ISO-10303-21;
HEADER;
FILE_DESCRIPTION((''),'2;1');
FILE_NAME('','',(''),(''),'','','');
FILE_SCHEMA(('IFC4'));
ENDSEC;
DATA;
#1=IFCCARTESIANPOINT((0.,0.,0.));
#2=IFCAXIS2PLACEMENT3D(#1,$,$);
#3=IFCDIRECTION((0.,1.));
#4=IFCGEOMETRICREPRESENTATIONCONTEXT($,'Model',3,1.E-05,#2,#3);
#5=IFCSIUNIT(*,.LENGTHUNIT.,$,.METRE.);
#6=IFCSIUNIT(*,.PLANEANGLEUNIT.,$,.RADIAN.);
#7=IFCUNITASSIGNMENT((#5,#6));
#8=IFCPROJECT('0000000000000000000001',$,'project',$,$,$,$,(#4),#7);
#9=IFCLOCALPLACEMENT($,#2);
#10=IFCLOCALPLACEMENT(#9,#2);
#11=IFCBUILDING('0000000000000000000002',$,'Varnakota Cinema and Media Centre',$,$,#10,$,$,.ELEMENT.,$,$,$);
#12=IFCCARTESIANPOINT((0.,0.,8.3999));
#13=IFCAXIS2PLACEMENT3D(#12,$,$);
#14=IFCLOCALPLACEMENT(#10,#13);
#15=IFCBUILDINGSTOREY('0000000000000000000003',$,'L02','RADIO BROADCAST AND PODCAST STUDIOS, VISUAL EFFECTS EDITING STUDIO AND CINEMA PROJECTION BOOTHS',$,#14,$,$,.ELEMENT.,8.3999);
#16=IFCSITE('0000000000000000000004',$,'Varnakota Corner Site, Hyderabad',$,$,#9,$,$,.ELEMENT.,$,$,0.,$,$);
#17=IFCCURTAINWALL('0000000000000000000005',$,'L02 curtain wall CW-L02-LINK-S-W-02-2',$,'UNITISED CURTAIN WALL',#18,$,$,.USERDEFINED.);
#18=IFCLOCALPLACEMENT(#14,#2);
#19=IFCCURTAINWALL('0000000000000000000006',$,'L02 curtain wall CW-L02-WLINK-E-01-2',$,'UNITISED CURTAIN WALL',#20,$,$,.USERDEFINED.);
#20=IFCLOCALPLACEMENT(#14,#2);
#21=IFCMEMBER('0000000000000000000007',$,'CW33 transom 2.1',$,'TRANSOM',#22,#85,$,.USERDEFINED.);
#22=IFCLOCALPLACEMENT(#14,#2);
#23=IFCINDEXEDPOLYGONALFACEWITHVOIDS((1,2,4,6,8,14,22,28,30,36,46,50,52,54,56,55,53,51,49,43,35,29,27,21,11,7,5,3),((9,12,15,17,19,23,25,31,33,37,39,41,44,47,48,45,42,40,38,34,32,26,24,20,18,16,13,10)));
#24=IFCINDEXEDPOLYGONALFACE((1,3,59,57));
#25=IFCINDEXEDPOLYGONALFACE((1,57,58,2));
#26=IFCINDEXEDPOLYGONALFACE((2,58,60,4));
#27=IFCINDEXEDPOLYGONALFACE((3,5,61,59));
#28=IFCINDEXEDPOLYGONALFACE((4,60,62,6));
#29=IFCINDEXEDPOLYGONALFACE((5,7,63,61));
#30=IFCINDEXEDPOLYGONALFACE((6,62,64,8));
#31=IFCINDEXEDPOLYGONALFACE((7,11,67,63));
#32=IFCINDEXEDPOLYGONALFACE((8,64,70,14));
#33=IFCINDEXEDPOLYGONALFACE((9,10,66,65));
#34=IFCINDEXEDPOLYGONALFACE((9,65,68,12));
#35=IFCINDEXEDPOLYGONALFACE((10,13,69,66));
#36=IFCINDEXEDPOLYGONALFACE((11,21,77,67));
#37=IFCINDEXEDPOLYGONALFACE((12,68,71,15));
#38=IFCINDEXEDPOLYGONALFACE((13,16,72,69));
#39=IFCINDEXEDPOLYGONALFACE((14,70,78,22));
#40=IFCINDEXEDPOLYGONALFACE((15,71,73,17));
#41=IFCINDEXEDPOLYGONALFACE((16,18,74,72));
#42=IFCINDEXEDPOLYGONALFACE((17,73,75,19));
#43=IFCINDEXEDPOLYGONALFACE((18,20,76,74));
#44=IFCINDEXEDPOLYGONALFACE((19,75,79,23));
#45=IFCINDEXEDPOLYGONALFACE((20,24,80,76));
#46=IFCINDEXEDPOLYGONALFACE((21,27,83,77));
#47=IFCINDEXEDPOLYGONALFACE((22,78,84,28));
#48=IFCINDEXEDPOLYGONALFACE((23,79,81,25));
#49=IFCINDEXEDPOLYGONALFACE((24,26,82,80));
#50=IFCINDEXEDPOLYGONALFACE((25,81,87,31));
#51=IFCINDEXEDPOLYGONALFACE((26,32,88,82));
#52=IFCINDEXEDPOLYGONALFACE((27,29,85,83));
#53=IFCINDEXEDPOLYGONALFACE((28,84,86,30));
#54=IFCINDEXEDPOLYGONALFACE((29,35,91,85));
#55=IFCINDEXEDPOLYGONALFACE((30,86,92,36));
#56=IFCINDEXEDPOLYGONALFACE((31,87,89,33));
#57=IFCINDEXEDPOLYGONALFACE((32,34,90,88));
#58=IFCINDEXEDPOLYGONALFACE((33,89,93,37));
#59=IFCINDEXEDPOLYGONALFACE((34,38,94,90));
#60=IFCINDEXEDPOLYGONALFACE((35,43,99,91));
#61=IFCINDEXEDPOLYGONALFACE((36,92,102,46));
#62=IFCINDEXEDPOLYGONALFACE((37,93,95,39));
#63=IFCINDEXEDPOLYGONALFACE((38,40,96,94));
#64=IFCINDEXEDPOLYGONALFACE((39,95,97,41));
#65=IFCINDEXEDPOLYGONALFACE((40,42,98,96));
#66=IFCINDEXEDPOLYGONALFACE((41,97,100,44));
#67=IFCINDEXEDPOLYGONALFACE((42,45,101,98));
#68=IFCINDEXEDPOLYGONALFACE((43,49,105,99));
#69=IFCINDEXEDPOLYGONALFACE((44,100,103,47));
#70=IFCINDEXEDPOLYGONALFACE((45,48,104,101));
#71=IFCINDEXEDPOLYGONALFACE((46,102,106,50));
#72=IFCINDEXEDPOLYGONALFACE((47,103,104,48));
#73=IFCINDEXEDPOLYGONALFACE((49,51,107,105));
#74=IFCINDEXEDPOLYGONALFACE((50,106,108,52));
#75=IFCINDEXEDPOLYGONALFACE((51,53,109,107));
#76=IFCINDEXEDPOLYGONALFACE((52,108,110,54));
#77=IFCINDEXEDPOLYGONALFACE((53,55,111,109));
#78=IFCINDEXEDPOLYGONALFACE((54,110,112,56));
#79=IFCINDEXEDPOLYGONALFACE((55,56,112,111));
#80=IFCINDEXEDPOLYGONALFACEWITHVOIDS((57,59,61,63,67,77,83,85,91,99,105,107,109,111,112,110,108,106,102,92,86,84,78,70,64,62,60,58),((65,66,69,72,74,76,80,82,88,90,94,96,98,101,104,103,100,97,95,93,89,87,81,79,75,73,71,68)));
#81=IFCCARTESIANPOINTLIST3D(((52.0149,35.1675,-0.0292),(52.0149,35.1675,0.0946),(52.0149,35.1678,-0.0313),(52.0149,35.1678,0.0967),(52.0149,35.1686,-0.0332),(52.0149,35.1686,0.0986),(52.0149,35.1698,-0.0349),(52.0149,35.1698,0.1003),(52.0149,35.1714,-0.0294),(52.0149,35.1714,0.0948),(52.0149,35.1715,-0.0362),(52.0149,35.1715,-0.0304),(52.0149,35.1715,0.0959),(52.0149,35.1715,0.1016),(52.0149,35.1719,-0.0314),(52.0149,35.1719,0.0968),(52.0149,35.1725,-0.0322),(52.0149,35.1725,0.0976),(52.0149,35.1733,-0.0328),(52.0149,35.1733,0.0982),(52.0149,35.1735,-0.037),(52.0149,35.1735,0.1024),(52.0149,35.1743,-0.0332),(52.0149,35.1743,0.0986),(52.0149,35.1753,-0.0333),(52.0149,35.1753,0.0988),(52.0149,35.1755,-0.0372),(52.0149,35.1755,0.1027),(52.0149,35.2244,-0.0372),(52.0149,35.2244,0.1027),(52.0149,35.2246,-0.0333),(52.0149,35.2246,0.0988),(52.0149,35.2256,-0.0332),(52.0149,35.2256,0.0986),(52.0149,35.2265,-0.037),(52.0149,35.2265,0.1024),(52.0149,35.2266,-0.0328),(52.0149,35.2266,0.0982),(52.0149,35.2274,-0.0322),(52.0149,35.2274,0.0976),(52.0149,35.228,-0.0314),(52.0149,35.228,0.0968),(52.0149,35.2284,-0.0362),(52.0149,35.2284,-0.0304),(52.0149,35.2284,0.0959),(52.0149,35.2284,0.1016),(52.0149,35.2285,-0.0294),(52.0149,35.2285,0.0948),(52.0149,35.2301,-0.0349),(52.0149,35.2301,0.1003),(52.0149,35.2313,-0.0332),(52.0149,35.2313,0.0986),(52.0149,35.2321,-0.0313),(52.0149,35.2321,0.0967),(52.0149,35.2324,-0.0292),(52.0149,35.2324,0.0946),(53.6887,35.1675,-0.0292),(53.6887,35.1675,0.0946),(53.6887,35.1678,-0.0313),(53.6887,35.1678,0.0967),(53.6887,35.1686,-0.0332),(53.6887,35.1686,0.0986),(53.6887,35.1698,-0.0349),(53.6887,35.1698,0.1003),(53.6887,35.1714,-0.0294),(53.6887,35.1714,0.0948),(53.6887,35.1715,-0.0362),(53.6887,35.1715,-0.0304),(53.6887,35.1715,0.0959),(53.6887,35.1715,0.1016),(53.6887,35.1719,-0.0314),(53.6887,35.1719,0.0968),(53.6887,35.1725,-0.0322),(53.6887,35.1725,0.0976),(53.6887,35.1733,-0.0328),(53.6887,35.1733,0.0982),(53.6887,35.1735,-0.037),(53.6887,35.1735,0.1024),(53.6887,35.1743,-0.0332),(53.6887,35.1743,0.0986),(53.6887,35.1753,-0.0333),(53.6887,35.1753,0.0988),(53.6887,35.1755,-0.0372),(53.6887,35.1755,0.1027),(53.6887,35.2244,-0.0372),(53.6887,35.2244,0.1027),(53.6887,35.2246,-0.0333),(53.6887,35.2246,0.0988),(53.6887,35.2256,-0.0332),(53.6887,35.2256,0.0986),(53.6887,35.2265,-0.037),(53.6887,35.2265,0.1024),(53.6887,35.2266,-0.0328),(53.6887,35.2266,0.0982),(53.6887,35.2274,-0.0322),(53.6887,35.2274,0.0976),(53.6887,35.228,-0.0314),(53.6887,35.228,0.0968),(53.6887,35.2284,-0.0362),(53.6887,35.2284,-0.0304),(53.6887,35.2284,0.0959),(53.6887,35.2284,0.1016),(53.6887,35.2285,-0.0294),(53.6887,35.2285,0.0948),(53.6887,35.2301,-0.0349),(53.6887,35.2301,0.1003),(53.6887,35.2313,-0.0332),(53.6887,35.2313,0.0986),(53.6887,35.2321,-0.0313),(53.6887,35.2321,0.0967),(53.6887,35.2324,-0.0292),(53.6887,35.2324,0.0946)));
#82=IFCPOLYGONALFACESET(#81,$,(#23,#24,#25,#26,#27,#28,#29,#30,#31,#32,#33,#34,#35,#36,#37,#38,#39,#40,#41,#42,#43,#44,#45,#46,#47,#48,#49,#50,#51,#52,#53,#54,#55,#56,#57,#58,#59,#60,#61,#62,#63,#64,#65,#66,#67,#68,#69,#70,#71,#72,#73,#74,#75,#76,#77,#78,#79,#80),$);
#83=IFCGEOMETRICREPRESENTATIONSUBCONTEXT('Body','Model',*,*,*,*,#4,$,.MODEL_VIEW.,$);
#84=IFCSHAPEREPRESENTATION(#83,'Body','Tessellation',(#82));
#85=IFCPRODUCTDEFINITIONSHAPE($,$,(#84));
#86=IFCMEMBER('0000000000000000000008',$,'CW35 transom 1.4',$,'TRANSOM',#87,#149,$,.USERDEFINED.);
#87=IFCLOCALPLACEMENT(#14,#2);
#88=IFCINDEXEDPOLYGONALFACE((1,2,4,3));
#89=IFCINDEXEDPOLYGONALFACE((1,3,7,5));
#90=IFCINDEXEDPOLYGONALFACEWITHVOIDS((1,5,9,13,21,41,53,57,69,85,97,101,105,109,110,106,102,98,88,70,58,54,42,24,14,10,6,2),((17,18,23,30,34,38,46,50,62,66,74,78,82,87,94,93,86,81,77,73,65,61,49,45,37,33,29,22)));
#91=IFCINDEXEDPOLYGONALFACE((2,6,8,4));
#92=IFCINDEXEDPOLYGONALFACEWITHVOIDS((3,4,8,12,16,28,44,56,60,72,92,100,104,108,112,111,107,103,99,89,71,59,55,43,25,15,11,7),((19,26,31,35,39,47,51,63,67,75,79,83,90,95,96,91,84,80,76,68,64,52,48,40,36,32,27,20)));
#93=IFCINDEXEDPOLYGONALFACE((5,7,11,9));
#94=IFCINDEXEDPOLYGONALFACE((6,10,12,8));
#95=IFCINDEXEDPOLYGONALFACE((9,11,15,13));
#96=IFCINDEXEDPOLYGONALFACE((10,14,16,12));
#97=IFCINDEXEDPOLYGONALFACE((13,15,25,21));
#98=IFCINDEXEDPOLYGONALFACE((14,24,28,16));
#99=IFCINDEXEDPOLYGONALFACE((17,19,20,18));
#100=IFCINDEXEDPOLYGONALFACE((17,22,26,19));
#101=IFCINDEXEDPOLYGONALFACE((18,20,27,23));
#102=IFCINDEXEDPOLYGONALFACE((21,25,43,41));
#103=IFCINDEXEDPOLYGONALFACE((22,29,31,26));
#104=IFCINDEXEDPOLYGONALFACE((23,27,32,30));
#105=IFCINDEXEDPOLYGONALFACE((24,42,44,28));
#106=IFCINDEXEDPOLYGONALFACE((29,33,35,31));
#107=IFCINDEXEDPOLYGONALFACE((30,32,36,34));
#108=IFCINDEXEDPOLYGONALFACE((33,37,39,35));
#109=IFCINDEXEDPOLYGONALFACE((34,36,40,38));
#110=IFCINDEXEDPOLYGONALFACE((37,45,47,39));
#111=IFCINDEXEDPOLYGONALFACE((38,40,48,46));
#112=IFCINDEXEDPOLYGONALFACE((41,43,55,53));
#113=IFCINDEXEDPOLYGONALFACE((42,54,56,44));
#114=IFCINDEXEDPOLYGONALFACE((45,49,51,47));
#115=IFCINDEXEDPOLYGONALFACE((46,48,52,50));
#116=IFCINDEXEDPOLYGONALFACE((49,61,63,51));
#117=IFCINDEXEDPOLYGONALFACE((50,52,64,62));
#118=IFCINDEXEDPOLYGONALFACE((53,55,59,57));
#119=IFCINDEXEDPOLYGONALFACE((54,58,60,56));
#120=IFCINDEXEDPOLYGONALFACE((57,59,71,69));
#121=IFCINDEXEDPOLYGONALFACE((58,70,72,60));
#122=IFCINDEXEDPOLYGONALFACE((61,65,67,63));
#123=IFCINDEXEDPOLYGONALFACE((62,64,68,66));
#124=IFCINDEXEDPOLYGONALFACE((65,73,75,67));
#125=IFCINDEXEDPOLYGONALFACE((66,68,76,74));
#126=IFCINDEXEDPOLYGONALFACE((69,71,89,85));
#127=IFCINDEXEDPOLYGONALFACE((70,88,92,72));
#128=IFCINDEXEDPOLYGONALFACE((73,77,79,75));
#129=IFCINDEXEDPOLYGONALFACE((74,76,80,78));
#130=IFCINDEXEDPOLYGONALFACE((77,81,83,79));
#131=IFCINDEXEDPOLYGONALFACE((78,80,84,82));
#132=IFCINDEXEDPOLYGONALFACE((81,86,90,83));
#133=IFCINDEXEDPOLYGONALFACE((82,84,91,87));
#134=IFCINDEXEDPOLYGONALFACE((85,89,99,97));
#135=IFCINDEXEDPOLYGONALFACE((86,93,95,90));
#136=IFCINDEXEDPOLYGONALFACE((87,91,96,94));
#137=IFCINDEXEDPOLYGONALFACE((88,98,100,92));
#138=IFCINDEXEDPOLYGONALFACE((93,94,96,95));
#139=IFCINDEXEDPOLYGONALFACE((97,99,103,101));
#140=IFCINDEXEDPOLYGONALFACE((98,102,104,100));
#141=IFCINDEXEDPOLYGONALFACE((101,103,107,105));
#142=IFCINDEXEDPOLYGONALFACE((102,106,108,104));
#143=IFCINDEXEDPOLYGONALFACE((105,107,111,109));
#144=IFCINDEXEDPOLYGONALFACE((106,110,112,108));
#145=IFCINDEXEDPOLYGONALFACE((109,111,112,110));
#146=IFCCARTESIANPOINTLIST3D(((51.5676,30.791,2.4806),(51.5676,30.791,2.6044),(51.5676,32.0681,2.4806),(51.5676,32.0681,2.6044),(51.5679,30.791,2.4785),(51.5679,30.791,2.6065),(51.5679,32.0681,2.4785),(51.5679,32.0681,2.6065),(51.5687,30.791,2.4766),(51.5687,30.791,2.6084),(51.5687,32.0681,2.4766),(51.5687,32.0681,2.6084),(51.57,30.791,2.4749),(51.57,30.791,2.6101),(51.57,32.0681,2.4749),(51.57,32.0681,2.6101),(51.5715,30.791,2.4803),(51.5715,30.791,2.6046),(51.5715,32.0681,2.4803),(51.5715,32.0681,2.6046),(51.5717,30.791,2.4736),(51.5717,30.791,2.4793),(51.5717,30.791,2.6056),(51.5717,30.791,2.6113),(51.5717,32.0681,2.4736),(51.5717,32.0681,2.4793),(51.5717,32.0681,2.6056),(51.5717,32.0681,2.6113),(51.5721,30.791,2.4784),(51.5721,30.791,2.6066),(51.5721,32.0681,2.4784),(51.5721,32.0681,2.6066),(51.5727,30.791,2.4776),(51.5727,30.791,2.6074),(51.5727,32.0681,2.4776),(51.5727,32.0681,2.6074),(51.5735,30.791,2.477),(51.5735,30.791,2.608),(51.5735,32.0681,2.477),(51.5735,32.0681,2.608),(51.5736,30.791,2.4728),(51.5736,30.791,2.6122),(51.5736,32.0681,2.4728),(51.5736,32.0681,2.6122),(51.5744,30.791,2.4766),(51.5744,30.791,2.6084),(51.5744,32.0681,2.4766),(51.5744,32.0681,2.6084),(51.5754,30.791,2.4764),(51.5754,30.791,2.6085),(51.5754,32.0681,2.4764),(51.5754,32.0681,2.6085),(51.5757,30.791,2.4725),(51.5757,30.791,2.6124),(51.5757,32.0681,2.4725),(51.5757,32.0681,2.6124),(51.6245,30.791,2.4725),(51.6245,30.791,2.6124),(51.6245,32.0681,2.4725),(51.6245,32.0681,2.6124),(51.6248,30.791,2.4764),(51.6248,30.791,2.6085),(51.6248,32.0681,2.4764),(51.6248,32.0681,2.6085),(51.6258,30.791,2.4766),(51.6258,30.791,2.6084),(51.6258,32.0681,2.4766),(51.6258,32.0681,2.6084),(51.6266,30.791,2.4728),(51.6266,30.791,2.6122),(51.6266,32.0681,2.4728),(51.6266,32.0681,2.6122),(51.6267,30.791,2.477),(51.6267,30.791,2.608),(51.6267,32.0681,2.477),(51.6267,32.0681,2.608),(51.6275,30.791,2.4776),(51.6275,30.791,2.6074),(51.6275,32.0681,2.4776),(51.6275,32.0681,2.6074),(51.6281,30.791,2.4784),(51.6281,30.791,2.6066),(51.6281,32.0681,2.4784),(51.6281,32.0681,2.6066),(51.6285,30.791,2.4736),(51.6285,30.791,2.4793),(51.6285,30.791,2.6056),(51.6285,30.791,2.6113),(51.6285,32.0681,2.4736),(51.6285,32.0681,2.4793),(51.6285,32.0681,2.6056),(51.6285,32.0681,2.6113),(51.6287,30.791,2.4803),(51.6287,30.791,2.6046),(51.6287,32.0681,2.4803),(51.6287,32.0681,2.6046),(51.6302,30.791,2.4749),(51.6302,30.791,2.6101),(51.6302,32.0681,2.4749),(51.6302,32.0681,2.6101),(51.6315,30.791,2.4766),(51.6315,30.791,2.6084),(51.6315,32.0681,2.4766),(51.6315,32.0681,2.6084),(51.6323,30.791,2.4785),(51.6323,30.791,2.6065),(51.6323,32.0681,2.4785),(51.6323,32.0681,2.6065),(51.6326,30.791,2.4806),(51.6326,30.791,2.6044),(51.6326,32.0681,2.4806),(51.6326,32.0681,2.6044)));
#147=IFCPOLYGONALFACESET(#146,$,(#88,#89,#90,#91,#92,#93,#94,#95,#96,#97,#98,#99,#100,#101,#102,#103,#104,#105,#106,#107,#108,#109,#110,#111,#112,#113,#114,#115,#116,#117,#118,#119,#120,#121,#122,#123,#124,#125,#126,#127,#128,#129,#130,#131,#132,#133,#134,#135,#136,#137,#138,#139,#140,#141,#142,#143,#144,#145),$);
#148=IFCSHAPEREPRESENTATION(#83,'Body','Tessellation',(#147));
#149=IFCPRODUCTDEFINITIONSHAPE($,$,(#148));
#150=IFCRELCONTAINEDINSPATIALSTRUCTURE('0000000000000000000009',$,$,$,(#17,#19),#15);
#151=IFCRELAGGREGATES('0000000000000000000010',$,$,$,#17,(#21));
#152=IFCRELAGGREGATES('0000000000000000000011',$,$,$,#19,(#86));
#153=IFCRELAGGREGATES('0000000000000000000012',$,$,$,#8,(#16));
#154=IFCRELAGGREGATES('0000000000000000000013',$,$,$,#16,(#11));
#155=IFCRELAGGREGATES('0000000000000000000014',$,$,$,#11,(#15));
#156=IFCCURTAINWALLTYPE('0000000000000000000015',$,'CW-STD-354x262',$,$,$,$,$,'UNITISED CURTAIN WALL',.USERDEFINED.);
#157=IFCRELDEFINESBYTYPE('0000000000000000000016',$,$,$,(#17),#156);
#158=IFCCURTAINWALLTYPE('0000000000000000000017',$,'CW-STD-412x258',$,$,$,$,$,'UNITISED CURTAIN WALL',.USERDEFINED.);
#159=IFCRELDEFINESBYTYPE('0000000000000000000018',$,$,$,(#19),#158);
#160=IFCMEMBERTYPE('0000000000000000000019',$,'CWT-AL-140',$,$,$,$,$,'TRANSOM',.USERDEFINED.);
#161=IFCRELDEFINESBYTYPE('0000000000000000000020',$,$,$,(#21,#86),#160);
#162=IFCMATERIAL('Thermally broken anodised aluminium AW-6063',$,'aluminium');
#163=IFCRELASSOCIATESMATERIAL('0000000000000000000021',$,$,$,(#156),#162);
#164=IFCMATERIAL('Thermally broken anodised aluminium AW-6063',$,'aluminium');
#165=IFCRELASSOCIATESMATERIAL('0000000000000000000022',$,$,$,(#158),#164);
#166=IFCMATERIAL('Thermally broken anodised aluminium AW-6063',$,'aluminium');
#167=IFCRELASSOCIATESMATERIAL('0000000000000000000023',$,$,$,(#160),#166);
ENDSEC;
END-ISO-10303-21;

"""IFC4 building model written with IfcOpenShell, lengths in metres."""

from ifc_helpers import new_model, si_unit, direction, frame, origin, origin_2d, place, context, subcontext, project, spatial, hollow_rectangle, extrude, material, material_profile, profile_set, type_object, element, aggregate, save


model = new_model("IFC4")

# Units and contexts
model_context = context("Model", 3, precision=1e-05, world=origin(), true_north=direction((0.0, 1.0)))
body_context = subcontext(model_context, "Body", "Model", "MODEL_VIEW")
ifc_project = project(units=[si_unit("LENGTHUNIT", "METRE"), si_unit("PLANEANGLEUNIT", "RADIAN")], contexts=[model_context])

# Site, building, storey
site_placement = place(None, origin())
site = spatial("IfcSite", under=ifc_project, at=site_placement, Name="Varnakota Corner Site, Hyderabad", CompositionType="ELEMENT", RefElevation=0.0)
building_placement = place(site_placement, origin())
building = spatial("IfcBuilding", under=site, at=building_placement, Name="Varnakota Cinema and Media Centre", CompositionType="ELEMENT")
storey_placement = place(building_placement, frame((0.0, 0.0, 8.3999)))
storey = spatial("IfcBuildingStorey", under=building, at=storey_placement, Name="L02", Description="RADIO BROADCAST AND PODCAST STUDIOS, VISUAL EFFECTS EDITING STUDIO AND CINEMA PROJECTION BOOTHS", CompositionType="ELEMENT", Elevation=8.3999)

# Curtain wall
ifc_material_1 = material(Name="Thermally broken anodised aluminium AW-6063", Category="aluminium")
curtain_wall_type_1 = type_object("IfcCurtainWallType", Name="CW-STD-354x262", ElementType="UNITISED CURTAIN WALL", PredefinedType="USERDEFINED", material=ifc_material_1)
curtain_wall_1_placement = place(storey_placement, origin())
curtain_wall_1 = element("IfcCurtainWall", 1, at=curtain_wall_1_placement, inside=storey, type_object=curtain_wall_type_1, Name="L02 curtain wall CW-L02-LINK-S-W-02-2", ObjectType="UNITISED CURTAIN WALL", PredefinedType="USERDEFINED")

# Curtain wall
ifc_material_2 = material(Name="Thermally broken anodised aluminium AW-6063", Category="aluminium")
curtain_wall_type_2 = type_object("IfcCurtainWallType", Name="CW-STD-412x258", ElementType="UNITISED CURTAIN WALL", PredefinedType="USERDEFINED", material=ifc_material_2)
curtain_wall_2_placement = place(storey_placement, origin())
curtain_wall_2 = element("IfcCurtainWall", 2, at=curtain_wall_2_placement, inside=storey, type_object=curtain_wall_type_2, Name="L02 curtain wall CW-L02-WLINK-E-01-2", ObjectType="UNITISED CURTAIN WALL", PredefinedType="USERDEFINED")

# Members
ifc_material_3 = material(Name="Thermally broken anodised aluminium AW-6063", Category="aluminium")
ifc_material_profile_1 = material_profile(ifc_material_3, hollow_rectangle(XDim=0.0649, YDim=0.1399, WallThickness=0.0039, InnerFilletRadius=0.0039, OuterFilletRadius=0.0081, at=origin_2d()), Name="AL-TRANSOM 140x65x4")
ifc_profile_set_1 = profile_set([ifc_material_profile_1], Name="Thermally broken anodised aluminium AW-6063")
member_type_1 = type_object("IfcMemberType", Name="CWT-AL-140", ElementType="TRANSOM", PredefinedType="USERDEFINED", material=ifc_profile_set_1)
member_1_placement = place(storey_placement, frame((53.6887, 35.2, 0.0327), z_axis=(-1.0, 0.0, 0.0), x_axis=(0.0, -1.0, 0.0)))
member_1 = element("IfcMember", 3, at=member_1_placement, type_object=member_type_1, Name="CW33 transom 2.1", ObjectType="TRANSOM", PredefinedType="USERDEFINED", context=body_context, shape_type="SweptSolid", body=[
    extrude(hollow_rectangle(XDim=0.0649, YDim=0.1399, WallThickness=0.0039, InnerFilletRadius=0.0039, OuterFilletRadius=0.0081, at=origin_2d()), origin(), (0.0, 0.0, 1.0), 1.6738),
])
member_2_placement = place(storey_placement, frame((51.6001, 30.791, 2.5425), z_axis=(0.0, 1.0, 0.0), x_axis=(-1.0, 0.0, 0.0)))
member_2 = element("IfcMember", 4, at=member_2_placement, type_object=member_type_1, Name="CW35 transom 1.4", ObjectType="TRANSOM", PredefinedType="USERDEFINED", context=body_context, shape_type="SweptSolid", body=[
    extrude(hollow_rectangle(XDim=0.0649, YDim=0.1399, WallThickness=0.0039, InnerFilletRadius=0.0039, OuterFilletRadius=0.0081, at=origin_2d()), origin(), (0.0, 0.0, 1.0), 1.2771),
])

aggregate(curtain_wall_1, [member_1])
aggregate(curtain_wall_2, [member_2])

save(model, "model.ifc")
